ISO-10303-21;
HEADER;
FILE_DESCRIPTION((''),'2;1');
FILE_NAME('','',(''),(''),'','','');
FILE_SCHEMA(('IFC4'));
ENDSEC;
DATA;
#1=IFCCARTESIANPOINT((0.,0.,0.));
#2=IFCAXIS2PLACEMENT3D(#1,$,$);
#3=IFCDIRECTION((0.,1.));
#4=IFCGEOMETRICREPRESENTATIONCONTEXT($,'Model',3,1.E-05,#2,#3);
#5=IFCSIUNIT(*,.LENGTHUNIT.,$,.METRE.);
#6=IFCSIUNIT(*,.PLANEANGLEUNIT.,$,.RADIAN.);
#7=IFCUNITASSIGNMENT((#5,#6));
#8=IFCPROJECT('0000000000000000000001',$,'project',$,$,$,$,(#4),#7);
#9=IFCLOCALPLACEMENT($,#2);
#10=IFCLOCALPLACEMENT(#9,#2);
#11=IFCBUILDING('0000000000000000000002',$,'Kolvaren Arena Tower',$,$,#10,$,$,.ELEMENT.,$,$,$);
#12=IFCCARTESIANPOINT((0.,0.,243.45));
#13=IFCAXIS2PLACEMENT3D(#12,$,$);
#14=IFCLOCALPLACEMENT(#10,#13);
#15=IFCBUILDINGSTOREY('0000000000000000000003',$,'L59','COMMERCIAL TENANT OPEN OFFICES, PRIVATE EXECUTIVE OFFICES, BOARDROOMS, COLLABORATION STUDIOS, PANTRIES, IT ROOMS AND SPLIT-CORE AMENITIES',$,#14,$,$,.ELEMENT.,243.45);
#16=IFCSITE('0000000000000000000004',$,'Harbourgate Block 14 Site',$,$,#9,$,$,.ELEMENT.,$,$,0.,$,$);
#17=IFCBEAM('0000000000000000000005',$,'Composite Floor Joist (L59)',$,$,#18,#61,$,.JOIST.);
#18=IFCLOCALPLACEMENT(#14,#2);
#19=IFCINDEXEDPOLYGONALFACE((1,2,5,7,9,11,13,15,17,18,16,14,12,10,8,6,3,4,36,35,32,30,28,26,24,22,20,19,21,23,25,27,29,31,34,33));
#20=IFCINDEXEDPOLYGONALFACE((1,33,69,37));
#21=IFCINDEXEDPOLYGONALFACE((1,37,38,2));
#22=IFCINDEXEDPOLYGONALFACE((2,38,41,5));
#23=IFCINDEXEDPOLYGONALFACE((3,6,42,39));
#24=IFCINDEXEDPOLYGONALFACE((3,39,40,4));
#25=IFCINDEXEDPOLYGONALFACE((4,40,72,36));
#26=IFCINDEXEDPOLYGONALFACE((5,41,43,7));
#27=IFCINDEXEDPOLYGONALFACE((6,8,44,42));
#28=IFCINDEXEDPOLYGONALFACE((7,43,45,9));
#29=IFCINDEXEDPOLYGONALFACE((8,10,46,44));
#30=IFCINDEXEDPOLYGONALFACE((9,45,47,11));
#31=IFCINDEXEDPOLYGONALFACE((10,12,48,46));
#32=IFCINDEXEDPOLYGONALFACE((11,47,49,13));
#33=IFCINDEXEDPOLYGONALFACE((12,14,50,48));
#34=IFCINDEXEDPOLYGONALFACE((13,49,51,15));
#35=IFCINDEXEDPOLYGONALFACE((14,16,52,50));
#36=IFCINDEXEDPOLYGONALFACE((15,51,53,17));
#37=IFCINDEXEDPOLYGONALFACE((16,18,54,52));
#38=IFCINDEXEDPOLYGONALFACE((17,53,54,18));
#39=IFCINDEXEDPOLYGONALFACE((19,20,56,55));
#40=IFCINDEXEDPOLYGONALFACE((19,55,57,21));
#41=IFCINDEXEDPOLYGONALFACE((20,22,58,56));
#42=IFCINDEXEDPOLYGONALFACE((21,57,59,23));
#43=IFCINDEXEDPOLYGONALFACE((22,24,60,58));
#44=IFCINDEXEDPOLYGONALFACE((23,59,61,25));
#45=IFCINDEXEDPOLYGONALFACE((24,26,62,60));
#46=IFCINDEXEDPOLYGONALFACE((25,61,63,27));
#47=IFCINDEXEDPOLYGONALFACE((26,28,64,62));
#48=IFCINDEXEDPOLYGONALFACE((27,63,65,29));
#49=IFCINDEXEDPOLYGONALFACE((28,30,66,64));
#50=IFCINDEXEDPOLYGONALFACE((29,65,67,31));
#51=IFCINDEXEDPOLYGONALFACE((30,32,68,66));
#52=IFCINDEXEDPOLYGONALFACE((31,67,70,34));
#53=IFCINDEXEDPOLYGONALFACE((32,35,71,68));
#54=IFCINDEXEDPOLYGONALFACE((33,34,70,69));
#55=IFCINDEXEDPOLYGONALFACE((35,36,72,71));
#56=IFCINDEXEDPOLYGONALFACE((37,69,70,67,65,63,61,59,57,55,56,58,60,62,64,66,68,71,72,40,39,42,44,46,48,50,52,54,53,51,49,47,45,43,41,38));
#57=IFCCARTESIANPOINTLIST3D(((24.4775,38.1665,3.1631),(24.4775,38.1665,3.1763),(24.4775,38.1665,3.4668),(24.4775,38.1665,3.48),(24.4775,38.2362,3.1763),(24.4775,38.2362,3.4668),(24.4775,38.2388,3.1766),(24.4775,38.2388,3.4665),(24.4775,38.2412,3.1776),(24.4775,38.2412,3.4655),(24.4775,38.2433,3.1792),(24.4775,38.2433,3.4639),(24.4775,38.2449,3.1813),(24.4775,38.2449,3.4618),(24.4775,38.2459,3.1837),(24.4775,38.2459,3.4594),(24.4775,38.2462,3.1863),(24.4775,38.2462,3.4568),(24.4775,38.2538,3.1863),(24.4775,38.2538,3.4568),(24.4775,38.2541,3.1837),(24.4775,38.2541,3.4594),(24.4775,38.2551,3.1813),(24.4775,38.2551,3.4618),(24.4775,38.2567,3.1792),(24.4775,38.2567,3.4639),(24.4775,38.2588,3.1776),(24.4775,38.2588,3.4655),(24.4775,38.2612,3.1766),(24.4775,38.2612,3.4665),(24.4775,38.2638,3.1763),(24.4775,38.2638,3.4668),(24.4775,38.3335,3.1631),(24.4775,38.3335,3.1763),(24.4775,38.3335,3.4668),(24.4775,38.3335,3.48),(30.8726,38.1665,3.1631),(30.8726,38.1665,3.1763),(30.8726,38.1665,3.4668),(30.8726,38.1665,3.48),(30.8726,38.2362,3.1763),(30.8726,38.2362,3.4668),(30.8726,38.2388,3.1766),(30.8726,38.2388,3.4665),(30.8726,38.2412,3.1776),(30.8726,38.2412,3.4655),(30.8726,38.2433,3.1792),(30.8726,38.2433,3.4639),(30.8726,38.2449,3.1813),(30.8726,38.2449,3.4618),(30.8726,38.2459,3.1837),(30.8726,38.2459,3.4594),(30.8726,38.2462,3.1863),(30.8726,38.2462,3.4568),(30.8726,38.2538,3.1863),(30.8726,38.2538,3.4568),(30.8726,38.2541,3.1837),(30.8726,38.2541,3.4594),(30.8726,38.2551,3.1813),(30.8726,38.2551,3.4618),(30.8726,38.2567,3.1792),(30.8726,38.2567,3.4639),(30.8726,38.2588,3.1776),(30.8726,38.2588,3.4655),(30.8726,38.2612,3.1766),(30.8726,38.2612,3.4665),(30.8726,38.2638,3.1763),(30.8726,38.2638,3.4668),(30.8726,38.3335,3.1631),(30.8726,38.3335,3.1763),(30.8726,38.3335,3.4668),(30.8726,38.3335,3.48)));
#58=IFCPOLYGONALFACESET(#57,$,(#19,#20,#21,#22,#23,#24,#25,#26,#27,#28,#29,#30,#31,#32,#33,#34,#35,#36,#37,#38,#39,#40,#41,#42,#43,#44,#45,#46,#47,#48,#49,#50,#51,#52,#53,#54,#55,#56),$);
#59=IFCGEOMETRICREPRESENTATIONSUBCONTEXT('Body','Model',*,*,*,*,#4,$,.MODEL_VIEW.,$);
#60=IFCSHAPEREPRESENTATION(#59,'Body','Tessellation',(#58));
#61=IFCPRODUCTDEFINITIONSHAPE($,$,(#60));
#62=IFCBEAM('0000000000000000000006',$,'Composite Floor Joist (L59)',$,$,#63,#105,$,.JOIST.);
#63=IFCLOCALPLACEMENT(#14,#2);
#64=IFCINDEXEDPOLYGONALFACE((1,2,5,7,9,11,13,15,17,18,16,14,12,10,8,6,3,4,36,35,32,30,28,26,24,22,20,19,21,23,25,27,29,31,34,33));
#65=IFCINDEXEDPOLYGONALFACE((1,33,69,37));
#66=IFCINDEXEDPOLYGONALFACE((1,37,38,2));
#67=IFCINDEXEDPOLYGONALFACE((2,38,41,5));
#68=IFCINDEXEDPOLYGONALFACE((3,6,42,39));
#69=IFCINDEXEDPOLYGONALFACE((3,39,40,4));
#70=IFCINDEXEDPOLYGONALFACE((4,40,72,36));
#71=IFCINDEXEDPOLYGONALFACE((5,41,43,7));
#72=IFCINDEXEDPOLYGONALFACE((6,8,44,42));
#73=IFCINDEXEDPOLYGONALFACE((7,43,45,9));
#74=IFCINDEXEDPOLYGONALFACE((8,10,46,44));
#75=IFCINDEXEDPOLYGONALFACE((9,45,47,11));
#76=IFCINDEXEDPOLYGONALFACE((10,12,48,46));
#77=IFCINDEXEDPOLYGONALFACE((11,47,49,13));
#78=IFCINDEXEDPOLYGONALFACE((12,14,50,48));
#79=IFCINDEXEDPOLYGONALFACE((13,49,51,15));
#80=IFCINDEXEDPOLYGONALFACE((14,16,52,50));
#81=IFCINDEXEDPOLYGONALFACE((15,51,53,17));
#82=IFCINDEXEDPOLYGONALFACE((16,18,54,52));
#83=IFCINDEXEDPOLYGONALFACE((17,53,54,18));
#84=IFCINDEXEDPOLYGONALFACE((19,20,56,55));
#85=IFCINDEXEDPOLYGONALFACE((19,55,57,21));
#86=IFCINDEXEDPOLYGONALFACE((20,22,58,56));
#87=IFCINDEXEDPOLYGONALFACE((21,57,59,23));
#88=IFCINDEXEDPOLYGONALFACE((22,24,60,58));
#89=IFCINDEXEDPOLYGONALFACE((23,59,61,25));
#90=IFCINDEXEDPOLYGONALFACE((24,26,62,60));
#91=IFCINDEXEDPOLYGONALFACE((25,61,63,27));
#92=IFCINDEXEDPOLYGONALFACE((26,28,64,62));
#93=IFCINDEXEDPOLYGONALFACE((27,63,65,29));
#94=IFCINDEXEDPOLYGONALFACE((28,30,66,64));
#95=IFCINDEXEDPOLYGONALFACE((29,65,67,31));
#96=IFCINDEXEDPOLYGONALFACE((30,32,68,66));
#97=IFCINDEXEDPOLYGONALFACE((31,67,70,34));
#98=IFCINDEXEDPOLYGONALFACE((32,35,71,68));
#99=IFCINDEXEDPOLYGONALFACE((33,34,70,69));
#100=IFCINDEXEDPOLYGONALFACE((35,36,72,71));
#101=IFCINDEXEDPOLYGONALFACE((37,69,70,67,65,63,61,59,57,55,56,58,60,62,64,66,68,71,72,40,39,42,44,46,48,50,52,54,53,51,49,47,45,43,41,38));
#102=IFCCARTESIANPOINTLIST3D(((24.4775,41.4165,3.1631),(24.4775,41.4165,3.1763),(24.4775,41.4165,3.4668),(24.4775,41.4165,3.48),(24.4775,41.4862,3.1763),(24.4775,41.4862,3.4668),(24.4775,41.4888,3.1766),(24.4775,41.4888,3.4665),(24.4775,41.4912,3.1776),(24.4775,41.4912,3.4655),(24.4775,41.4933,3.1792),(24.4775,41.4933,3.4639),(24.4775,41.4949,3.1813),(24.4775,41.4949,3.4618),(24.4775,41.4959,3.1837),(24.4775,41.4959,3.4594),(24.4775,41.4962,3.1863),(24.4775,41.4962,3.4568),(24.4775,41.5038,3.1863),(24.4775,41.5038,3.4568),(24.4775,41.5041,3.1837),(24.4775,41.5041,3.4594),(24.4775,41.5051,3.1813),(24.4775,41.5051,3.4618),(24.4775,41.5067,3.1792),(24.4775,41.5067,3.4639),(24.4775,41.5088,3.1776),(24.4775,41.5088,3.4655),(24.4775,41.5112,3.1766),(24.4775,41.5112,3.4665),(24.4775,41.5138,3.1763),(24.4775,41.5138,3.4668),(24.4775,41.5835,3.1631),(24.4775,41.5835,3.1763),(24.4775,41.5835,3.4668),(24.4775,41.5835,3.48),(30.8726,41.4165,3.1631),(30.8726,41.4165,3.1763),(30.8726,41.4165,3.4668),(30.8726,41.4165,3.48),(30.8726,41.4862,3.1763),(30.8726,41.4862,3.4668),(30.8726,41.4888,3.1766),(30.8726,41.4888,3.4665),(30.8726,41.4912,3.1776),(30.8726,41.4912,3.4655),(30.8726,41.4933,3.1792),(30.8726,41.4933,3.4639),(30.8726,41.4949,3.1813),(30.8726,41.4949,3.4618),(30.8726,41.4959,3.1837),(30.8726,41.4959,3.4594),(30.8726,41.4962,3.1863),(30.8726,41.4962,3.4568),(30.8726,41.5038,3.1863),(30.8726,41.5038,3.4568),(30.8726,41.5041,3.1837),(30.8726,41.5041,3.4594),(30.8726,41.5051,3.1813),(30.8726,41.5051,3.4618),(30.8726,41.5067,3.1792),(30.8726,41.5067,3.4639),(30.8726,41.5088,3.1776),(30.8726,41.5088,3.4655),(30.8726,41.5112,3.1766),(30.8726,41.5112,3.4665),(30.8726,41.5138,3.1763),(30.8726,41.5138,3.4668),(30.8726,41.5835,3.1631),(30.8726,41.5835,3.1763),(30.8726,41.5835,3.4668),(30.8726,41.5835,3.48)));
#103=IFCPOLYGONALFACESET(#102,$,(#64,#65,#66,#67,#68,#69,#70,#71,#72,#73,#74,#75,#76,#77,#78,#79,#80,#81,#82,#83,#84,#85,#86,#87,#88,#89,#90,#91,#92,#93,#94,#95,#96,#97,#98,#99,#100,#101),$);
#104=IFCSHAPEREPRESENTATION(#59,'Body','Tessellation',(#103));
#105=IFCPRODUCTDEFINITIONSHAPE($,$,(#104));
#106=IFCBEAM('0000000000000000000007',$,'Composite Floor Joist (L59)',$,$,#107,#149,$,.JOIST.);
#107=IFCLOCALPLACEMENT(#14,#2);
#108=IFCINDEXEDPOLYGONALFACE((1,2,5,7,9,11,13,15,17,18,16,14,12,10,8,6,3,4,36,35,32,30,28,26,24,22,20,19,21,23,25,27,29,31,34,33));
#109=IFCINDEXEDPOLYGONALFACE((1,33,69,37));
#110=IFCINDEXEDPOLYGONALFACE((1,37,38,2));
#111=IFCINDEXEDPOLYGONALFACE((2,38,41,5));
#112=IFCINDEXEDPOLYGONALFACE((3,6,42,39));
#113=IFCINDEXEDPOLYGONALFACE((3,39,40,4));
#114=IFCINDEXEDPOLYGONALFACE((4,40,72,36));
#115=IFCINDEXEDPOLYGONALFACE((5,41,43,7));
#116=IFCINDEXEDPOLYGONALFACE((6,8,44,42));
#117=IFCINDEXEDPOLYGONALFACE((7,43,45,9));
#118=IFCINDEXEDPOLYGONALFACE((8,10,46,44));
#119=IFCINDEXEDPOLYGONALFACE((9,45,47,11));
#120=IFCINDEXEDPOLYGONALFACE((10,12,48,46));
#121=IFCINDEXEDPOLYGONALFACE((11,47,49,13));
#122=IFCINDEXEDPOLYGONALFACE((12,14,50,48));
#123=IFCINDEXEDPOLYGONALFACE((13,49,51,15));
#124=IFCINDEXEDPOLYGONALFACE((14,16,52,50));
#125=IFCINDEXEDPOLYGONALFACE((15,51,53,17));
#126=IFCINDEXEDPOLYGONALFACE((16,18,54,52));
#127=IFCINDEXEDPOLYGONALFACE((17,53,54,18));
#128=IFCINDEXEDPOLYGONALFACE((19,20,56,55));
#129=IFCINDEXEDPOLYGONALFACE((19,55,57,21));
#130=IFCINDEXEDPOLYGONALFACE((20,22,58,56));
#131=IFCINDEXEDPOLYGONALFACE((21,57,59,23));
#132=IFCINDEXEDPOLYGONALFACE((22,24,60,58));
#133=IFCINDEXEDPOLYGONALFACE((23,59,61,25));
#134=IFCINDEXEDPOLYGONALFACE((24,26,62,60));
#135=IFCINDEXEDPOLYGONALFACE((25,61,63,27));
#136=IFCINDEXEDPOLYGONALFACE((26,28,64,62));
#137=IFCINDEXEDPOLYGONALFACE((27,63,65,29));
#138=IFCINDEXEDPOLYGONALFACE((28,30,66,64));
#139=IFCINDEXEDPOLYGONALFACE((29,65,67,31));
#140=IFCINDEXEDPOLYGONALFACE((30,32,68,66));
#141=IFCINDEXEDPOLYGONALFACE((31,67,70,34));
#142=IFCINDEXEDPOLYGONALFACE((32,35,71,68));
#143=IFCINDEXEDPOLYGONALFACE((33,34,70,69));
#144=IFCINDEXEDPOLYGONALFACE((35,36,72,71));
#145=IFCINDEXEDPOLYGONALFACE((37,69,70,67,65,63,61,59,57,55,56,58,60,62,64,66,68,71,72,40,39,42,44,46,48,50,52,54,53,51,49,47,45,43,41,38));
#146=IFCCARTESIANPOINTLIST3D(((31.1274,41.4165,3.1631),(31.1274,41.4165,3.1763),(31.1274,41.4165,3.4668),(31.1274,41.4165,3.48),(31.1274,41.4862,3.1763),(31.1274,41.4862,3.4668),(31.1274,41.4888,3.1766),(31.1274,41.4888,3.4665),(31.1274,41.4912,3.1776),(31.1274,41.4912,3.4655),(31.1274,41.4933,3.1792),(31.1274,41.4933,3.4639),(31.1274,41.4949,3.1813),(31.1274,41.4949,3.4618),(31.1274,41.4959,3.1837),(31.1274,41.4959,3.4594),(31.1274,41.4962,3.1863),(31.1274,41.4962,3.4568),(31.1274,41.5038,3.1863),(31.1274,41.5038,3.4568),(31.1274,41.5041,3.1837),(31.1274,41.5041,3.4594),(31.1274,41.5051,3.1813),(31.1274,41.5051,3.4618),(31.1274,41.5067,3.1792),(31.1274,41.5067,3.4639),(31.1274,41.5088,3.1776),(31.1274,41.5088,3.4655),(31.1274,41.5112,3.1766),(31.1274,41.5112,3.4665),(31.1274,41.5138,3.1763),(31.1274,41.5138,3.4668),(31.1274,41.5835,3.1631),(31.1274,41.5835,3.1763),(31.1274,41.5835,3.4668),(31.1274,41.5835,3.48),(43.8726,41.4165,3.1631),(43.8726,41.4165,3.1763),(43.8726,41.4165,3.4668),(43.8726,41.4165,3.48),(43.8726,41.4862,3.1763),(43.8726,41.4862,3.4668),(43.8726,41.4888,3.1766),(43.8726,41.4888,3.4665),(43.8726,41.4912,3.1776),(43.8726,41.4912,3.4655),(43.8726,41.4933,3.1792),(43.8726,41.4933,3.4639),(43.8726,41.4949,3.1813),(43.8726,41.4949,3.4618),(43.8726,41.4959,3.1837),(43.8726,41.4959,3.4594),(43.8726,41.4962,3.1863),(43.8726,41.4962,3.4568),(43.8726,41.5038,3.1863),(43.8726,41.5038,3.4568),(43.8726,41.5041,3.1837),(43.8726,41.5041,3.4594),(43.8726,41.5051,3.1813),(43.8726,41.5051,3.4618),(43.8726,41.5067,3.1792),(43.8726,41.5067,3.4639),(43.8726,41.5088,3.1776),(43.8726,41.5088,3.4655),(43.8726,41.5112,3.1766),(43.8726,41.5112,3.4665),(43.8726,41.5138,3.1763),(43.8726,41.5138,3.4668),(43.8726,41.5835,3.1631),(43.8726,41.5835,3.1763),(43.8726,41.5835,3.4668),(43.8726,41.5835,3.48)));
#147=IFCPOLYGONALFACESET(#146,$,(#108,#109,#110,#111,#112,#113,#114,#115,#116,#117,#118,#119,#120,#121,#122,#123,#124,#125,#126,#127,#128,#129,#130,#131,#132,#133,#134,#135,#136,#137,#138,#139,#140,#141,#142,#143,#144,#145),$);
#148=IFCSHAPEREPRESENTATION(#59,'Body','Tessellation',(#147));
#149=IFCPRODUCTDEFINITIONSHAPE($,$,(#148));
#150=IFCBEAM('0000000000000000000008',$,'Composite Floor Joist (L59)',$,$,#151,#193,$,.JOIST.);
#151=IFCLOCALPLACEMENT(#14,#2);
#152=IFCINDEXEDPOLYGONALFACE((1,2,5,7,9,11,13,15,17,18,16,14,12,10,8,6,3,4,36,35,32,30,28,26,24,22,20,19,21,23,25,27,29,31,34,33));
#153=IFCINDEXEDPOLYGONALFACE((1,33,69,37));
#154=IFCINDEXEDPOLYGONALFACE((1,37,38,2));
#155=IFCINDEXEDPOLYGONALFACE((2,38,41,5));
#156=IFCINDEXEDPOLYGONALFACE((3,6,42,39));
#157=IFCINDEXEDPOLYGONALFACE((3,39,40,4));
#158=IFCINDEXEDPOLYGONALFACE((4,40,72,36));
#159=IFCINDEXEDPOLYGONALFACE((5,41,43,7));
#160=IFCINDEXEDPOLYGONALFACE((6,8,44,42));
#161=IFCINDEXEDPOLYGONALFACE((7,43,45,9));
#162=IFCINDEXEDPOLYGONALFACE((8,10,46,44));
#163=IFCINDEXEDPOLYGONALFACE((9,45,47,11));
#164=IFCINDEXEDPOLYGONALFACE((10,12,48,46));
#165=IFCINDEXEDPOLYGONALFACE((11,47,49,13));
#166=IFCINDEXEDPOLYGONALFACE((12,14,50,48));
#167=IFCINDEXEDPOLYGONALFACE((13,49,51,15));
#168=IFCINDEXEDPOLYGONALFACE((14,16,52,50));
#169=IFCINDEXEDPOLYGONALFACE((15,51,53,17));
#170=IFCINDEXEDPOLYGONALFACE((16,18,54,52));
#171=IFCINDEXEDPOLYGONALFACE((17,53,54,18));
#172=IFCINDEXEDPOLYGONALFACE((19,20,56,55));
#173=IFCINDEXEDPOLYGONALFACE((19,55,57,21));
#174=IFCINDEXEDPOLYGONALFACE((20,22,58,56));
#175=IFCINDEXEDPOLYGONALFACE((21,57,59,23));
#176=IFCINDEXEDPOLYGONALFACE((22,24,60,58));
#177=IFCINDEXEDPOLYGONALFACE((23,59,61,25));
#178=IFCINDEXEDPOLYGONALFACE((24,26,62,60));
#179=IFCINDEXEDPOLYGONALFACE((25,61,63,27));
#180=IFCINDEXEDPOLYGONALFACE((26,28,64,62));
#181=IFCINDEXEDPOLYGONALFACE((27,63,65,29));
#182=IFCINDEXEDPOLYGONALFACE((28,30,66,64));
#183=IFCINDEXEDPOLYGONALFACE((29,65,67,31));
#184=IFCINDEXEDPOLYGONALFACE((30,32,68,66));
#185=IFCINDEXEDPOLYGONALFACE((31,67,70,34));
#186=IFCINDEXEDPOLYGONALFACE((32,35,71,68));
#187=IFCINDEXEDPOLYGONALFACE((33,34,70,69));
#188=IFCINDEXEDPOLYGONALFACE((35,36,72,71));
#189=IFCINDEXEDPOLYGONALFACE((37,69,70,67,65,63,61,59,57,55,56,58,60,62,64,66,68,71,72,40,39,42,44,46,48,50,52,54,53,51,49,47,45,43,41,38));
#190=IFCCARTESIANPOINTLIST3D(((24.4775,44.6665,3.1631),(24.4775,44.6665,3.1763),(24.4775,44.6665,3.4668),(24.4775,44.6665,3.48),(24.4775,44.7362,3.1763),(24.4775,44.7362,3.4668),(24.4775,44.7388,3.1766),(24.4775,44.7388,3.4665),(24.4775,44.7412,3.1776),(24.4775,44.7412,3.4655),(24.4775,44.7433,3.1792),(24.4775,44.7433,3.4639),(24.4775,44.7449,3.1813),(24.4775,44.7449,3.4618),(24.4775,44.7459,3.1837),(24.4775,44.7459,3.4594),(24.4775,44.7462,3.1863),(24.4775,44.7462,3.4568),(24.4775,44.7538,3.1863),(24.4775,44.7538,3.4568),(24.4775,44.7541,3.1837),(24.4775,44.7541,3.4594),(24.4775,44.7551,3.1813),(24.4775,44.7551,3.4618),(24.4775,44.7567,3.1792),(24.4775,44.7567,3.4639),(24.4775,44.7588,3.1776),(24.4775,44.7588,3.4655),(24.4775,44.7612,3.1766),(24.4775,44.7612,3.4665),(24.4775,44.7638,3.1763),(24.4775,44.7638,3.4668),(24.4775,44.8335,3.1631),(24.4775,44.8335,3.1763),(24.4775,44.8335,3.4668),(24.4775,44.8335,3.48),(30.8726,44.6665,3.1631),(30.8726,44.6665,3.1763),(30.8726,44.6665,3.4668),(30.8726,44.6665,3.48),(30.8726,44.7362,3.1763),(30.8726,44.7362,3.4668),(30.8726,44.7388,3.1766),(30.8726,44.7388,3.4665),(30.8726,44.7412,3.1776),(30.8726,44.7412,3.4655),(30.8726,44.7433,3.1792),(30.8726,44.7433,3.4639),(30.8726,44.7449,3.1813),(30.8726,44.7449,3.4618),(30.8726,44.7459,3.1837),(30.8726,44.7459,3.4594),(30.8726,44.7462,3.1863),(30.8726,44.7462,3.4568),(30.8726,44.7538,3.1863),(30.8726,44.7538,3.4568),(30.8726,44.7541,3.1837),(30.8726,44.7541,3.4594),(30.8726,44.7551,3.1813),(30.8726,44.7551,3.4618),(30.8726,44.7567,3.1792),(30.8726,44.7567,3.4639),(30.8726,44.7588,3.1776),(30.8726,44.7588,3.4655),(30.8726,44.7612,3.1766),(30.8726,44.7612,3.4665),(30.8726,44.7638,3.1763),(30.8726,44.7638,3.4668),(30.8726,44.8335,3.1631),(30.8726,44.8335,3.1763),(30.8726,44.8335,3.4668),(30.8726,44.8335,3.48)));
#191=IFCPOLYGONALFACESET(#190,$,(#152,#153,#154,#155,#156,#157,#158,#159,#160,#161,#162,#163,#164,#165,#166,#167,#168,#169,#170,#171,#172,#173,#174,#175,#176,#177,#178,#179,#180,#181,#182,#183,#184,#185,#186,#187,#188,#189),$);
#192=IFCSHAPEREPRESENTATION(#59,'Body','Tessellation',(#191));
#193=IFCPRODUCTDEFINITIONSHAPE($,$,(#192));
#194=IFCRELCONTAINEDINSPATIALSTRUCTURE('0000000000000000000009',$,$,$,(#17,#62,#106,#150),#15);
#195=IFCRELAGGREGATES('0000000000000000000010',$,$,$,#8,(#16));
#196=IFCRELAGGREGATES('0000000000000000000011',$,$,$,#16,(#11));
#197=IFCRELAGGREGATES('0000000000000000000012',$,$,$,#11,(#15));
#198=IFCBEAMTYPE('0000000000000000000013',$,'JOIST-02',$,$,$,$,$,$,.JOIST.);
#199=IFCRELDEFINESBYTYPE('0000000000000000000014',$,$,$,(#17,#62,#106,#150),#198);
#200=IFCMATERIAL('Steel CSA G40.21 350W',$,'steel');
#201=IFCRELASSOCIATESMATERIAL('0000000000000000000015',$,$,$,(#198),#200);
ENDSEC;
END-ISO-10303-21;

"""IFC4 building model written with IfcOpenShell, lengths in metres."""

from ifc_helpers import new_model, si_unit, direction, frame, origin, origin_2d, place, context, subcontext, project, spatial, i_section, extrude, material, material_profile, profile_set, type_object, element, save


model = new_model("IFC4")

# Units and contexts
model_context = context("Model", 3, precision=1e-05, world=origin(), true_north=direction((0.0, 1.0)))
body_context = subcontext(model_context, "Body", "Model", "MODEL_VIEW")
ifc_project = project(units=[si_unit("LENGTHUNIT", "METRE"), si_unit("PLANEANGLEUNIT", "RADIAN")], contexts=[model_context])

# Site, building, storey
site_placement = place(None, origin())
site = spatial("IfcSite", under=ifc_project, at=site_placement, Name="Harbourgate Block 14 Site", CompositionType="ELEMENT", RefElevation=0.0)
building_placement = place(site_placement, origin())
building = spatial("IfcBuilding", under=site, at=building_placement, Name="Kolvaren Arena Tower", CompositionType="ELEMENT")
storey_placement = place(building_placement, frame((0.0, 0.0, 243.45)))
storey = spatial("IfcBuildingStorey", under=building, at=storey_placement, Name="L59", Description="COMMERCIAL TENANT OPEN OFFICES, PRIVATE EXECUTIVE OFFICES, BOARDROOMS, COLLABORATION STUDIOS, PANTRIES, IT ROOMS AND SPLIT-CORE AMENITIES", CompositionType="ELEMENT", Elevation=243.45)

# Beams
ifc_material_1 = material(Name="Steel CSA G40.21 350W", Category="steel")
ifc_material_profile_1 = material_profile(ifc_material_1, i_section(OverallWidth=0.167, OverallDepth=0.3169, WebThickness=0.0076, FlangeThickness=0.0132, FilletRadius=0.01, at=origin_2d()), Name="W310x52")
ifc_profile_set_1 = profile_set([ifc_material_profile_1], Name="Steel CSA G40.21 350W")
beam_type_1 = type_object("IfcBeamType", Name="JOIST-02", PredefinedType="JOIST", material=ifc_profile_set_1)
for number, where, z_axis, x_axis, name in (
    (1, (24.4775, 38.25, 3.3215), (1.0, 0.0, 0.0), (0.0, 1.0, 0.0), "Composite Floor Joist (L59)"),
    (2, (24.4775, 41.5, 3.3215), (1.0, 0.0, 0.0), (0.0, 1.0, 0.0), "Composite Floor Joist (L59)"),
):
    element("IfcBeam", number, at=place(storey_placement, frame(where, z_axis=z_axis, x_axis=x_axis)), inside=storey, type_object=beam_type_1, Name=name, PredefinedType="JOIST", context=body_context, shape_type="SweptSolid", body=[
        extrude(i_section(OverallWidth=0.167, OverallDepth=0.3169, WebThickness=0.0076, FlangeThickness=0.0132, FilletRadius=0.01, at=origin_2d()), origin(), (0.0, 0.0, 1.0), 6.395),
    ])
beam_1_placement = place(storey_placement, frame((31.1274, 41.5, 3.3215), z_axis=(1.0, 0.0, 0.0), x_axis=(0.0, 1.0, 0.0)))
element("IfcBeam", 3, at=beam_1_placement, inside=storey, type_object=beam_type_1, Name="Composite Floor Joist (L59)", PredefinedType="JOIST", context=body_context, shape_type="SweptSolid", body=[
    extrude(i_section(OverallWidth=0.167, OverallDepth=0.3169, WebThickness=0.0076, FlangeThickness=0.0132, FilletRadius=0.01, at=origin_2d()), origin(), (0.0, 0.0, 1.0), 12.7451),
])
beam_2_placement = place(storey_placement, frame((24.4775, 44.75, 3.3215), z_axis=(1.0, 0.0, 0.0), x_axis=(0.0, 1.0, 0.0)))
element("IfcBeam", 4, at=beam_2_placement, inside=storey, type_object=beam_type_1, Name="Composite Floor Joist (L59)", PredefinedType="JOIST", context=body_context, shape_type="SweptSolid", body=[
    extrude(i_section(OverallWidth=0.167, OverallDepth=0.3169, WebThickness=0.0076, FlangeThickness=0.0132, FilletRadius=0.01, at=origin_2d()), origin(), (0.0, 0.0, 1.0), 6.395),
])

save(model, "model.ifc")
